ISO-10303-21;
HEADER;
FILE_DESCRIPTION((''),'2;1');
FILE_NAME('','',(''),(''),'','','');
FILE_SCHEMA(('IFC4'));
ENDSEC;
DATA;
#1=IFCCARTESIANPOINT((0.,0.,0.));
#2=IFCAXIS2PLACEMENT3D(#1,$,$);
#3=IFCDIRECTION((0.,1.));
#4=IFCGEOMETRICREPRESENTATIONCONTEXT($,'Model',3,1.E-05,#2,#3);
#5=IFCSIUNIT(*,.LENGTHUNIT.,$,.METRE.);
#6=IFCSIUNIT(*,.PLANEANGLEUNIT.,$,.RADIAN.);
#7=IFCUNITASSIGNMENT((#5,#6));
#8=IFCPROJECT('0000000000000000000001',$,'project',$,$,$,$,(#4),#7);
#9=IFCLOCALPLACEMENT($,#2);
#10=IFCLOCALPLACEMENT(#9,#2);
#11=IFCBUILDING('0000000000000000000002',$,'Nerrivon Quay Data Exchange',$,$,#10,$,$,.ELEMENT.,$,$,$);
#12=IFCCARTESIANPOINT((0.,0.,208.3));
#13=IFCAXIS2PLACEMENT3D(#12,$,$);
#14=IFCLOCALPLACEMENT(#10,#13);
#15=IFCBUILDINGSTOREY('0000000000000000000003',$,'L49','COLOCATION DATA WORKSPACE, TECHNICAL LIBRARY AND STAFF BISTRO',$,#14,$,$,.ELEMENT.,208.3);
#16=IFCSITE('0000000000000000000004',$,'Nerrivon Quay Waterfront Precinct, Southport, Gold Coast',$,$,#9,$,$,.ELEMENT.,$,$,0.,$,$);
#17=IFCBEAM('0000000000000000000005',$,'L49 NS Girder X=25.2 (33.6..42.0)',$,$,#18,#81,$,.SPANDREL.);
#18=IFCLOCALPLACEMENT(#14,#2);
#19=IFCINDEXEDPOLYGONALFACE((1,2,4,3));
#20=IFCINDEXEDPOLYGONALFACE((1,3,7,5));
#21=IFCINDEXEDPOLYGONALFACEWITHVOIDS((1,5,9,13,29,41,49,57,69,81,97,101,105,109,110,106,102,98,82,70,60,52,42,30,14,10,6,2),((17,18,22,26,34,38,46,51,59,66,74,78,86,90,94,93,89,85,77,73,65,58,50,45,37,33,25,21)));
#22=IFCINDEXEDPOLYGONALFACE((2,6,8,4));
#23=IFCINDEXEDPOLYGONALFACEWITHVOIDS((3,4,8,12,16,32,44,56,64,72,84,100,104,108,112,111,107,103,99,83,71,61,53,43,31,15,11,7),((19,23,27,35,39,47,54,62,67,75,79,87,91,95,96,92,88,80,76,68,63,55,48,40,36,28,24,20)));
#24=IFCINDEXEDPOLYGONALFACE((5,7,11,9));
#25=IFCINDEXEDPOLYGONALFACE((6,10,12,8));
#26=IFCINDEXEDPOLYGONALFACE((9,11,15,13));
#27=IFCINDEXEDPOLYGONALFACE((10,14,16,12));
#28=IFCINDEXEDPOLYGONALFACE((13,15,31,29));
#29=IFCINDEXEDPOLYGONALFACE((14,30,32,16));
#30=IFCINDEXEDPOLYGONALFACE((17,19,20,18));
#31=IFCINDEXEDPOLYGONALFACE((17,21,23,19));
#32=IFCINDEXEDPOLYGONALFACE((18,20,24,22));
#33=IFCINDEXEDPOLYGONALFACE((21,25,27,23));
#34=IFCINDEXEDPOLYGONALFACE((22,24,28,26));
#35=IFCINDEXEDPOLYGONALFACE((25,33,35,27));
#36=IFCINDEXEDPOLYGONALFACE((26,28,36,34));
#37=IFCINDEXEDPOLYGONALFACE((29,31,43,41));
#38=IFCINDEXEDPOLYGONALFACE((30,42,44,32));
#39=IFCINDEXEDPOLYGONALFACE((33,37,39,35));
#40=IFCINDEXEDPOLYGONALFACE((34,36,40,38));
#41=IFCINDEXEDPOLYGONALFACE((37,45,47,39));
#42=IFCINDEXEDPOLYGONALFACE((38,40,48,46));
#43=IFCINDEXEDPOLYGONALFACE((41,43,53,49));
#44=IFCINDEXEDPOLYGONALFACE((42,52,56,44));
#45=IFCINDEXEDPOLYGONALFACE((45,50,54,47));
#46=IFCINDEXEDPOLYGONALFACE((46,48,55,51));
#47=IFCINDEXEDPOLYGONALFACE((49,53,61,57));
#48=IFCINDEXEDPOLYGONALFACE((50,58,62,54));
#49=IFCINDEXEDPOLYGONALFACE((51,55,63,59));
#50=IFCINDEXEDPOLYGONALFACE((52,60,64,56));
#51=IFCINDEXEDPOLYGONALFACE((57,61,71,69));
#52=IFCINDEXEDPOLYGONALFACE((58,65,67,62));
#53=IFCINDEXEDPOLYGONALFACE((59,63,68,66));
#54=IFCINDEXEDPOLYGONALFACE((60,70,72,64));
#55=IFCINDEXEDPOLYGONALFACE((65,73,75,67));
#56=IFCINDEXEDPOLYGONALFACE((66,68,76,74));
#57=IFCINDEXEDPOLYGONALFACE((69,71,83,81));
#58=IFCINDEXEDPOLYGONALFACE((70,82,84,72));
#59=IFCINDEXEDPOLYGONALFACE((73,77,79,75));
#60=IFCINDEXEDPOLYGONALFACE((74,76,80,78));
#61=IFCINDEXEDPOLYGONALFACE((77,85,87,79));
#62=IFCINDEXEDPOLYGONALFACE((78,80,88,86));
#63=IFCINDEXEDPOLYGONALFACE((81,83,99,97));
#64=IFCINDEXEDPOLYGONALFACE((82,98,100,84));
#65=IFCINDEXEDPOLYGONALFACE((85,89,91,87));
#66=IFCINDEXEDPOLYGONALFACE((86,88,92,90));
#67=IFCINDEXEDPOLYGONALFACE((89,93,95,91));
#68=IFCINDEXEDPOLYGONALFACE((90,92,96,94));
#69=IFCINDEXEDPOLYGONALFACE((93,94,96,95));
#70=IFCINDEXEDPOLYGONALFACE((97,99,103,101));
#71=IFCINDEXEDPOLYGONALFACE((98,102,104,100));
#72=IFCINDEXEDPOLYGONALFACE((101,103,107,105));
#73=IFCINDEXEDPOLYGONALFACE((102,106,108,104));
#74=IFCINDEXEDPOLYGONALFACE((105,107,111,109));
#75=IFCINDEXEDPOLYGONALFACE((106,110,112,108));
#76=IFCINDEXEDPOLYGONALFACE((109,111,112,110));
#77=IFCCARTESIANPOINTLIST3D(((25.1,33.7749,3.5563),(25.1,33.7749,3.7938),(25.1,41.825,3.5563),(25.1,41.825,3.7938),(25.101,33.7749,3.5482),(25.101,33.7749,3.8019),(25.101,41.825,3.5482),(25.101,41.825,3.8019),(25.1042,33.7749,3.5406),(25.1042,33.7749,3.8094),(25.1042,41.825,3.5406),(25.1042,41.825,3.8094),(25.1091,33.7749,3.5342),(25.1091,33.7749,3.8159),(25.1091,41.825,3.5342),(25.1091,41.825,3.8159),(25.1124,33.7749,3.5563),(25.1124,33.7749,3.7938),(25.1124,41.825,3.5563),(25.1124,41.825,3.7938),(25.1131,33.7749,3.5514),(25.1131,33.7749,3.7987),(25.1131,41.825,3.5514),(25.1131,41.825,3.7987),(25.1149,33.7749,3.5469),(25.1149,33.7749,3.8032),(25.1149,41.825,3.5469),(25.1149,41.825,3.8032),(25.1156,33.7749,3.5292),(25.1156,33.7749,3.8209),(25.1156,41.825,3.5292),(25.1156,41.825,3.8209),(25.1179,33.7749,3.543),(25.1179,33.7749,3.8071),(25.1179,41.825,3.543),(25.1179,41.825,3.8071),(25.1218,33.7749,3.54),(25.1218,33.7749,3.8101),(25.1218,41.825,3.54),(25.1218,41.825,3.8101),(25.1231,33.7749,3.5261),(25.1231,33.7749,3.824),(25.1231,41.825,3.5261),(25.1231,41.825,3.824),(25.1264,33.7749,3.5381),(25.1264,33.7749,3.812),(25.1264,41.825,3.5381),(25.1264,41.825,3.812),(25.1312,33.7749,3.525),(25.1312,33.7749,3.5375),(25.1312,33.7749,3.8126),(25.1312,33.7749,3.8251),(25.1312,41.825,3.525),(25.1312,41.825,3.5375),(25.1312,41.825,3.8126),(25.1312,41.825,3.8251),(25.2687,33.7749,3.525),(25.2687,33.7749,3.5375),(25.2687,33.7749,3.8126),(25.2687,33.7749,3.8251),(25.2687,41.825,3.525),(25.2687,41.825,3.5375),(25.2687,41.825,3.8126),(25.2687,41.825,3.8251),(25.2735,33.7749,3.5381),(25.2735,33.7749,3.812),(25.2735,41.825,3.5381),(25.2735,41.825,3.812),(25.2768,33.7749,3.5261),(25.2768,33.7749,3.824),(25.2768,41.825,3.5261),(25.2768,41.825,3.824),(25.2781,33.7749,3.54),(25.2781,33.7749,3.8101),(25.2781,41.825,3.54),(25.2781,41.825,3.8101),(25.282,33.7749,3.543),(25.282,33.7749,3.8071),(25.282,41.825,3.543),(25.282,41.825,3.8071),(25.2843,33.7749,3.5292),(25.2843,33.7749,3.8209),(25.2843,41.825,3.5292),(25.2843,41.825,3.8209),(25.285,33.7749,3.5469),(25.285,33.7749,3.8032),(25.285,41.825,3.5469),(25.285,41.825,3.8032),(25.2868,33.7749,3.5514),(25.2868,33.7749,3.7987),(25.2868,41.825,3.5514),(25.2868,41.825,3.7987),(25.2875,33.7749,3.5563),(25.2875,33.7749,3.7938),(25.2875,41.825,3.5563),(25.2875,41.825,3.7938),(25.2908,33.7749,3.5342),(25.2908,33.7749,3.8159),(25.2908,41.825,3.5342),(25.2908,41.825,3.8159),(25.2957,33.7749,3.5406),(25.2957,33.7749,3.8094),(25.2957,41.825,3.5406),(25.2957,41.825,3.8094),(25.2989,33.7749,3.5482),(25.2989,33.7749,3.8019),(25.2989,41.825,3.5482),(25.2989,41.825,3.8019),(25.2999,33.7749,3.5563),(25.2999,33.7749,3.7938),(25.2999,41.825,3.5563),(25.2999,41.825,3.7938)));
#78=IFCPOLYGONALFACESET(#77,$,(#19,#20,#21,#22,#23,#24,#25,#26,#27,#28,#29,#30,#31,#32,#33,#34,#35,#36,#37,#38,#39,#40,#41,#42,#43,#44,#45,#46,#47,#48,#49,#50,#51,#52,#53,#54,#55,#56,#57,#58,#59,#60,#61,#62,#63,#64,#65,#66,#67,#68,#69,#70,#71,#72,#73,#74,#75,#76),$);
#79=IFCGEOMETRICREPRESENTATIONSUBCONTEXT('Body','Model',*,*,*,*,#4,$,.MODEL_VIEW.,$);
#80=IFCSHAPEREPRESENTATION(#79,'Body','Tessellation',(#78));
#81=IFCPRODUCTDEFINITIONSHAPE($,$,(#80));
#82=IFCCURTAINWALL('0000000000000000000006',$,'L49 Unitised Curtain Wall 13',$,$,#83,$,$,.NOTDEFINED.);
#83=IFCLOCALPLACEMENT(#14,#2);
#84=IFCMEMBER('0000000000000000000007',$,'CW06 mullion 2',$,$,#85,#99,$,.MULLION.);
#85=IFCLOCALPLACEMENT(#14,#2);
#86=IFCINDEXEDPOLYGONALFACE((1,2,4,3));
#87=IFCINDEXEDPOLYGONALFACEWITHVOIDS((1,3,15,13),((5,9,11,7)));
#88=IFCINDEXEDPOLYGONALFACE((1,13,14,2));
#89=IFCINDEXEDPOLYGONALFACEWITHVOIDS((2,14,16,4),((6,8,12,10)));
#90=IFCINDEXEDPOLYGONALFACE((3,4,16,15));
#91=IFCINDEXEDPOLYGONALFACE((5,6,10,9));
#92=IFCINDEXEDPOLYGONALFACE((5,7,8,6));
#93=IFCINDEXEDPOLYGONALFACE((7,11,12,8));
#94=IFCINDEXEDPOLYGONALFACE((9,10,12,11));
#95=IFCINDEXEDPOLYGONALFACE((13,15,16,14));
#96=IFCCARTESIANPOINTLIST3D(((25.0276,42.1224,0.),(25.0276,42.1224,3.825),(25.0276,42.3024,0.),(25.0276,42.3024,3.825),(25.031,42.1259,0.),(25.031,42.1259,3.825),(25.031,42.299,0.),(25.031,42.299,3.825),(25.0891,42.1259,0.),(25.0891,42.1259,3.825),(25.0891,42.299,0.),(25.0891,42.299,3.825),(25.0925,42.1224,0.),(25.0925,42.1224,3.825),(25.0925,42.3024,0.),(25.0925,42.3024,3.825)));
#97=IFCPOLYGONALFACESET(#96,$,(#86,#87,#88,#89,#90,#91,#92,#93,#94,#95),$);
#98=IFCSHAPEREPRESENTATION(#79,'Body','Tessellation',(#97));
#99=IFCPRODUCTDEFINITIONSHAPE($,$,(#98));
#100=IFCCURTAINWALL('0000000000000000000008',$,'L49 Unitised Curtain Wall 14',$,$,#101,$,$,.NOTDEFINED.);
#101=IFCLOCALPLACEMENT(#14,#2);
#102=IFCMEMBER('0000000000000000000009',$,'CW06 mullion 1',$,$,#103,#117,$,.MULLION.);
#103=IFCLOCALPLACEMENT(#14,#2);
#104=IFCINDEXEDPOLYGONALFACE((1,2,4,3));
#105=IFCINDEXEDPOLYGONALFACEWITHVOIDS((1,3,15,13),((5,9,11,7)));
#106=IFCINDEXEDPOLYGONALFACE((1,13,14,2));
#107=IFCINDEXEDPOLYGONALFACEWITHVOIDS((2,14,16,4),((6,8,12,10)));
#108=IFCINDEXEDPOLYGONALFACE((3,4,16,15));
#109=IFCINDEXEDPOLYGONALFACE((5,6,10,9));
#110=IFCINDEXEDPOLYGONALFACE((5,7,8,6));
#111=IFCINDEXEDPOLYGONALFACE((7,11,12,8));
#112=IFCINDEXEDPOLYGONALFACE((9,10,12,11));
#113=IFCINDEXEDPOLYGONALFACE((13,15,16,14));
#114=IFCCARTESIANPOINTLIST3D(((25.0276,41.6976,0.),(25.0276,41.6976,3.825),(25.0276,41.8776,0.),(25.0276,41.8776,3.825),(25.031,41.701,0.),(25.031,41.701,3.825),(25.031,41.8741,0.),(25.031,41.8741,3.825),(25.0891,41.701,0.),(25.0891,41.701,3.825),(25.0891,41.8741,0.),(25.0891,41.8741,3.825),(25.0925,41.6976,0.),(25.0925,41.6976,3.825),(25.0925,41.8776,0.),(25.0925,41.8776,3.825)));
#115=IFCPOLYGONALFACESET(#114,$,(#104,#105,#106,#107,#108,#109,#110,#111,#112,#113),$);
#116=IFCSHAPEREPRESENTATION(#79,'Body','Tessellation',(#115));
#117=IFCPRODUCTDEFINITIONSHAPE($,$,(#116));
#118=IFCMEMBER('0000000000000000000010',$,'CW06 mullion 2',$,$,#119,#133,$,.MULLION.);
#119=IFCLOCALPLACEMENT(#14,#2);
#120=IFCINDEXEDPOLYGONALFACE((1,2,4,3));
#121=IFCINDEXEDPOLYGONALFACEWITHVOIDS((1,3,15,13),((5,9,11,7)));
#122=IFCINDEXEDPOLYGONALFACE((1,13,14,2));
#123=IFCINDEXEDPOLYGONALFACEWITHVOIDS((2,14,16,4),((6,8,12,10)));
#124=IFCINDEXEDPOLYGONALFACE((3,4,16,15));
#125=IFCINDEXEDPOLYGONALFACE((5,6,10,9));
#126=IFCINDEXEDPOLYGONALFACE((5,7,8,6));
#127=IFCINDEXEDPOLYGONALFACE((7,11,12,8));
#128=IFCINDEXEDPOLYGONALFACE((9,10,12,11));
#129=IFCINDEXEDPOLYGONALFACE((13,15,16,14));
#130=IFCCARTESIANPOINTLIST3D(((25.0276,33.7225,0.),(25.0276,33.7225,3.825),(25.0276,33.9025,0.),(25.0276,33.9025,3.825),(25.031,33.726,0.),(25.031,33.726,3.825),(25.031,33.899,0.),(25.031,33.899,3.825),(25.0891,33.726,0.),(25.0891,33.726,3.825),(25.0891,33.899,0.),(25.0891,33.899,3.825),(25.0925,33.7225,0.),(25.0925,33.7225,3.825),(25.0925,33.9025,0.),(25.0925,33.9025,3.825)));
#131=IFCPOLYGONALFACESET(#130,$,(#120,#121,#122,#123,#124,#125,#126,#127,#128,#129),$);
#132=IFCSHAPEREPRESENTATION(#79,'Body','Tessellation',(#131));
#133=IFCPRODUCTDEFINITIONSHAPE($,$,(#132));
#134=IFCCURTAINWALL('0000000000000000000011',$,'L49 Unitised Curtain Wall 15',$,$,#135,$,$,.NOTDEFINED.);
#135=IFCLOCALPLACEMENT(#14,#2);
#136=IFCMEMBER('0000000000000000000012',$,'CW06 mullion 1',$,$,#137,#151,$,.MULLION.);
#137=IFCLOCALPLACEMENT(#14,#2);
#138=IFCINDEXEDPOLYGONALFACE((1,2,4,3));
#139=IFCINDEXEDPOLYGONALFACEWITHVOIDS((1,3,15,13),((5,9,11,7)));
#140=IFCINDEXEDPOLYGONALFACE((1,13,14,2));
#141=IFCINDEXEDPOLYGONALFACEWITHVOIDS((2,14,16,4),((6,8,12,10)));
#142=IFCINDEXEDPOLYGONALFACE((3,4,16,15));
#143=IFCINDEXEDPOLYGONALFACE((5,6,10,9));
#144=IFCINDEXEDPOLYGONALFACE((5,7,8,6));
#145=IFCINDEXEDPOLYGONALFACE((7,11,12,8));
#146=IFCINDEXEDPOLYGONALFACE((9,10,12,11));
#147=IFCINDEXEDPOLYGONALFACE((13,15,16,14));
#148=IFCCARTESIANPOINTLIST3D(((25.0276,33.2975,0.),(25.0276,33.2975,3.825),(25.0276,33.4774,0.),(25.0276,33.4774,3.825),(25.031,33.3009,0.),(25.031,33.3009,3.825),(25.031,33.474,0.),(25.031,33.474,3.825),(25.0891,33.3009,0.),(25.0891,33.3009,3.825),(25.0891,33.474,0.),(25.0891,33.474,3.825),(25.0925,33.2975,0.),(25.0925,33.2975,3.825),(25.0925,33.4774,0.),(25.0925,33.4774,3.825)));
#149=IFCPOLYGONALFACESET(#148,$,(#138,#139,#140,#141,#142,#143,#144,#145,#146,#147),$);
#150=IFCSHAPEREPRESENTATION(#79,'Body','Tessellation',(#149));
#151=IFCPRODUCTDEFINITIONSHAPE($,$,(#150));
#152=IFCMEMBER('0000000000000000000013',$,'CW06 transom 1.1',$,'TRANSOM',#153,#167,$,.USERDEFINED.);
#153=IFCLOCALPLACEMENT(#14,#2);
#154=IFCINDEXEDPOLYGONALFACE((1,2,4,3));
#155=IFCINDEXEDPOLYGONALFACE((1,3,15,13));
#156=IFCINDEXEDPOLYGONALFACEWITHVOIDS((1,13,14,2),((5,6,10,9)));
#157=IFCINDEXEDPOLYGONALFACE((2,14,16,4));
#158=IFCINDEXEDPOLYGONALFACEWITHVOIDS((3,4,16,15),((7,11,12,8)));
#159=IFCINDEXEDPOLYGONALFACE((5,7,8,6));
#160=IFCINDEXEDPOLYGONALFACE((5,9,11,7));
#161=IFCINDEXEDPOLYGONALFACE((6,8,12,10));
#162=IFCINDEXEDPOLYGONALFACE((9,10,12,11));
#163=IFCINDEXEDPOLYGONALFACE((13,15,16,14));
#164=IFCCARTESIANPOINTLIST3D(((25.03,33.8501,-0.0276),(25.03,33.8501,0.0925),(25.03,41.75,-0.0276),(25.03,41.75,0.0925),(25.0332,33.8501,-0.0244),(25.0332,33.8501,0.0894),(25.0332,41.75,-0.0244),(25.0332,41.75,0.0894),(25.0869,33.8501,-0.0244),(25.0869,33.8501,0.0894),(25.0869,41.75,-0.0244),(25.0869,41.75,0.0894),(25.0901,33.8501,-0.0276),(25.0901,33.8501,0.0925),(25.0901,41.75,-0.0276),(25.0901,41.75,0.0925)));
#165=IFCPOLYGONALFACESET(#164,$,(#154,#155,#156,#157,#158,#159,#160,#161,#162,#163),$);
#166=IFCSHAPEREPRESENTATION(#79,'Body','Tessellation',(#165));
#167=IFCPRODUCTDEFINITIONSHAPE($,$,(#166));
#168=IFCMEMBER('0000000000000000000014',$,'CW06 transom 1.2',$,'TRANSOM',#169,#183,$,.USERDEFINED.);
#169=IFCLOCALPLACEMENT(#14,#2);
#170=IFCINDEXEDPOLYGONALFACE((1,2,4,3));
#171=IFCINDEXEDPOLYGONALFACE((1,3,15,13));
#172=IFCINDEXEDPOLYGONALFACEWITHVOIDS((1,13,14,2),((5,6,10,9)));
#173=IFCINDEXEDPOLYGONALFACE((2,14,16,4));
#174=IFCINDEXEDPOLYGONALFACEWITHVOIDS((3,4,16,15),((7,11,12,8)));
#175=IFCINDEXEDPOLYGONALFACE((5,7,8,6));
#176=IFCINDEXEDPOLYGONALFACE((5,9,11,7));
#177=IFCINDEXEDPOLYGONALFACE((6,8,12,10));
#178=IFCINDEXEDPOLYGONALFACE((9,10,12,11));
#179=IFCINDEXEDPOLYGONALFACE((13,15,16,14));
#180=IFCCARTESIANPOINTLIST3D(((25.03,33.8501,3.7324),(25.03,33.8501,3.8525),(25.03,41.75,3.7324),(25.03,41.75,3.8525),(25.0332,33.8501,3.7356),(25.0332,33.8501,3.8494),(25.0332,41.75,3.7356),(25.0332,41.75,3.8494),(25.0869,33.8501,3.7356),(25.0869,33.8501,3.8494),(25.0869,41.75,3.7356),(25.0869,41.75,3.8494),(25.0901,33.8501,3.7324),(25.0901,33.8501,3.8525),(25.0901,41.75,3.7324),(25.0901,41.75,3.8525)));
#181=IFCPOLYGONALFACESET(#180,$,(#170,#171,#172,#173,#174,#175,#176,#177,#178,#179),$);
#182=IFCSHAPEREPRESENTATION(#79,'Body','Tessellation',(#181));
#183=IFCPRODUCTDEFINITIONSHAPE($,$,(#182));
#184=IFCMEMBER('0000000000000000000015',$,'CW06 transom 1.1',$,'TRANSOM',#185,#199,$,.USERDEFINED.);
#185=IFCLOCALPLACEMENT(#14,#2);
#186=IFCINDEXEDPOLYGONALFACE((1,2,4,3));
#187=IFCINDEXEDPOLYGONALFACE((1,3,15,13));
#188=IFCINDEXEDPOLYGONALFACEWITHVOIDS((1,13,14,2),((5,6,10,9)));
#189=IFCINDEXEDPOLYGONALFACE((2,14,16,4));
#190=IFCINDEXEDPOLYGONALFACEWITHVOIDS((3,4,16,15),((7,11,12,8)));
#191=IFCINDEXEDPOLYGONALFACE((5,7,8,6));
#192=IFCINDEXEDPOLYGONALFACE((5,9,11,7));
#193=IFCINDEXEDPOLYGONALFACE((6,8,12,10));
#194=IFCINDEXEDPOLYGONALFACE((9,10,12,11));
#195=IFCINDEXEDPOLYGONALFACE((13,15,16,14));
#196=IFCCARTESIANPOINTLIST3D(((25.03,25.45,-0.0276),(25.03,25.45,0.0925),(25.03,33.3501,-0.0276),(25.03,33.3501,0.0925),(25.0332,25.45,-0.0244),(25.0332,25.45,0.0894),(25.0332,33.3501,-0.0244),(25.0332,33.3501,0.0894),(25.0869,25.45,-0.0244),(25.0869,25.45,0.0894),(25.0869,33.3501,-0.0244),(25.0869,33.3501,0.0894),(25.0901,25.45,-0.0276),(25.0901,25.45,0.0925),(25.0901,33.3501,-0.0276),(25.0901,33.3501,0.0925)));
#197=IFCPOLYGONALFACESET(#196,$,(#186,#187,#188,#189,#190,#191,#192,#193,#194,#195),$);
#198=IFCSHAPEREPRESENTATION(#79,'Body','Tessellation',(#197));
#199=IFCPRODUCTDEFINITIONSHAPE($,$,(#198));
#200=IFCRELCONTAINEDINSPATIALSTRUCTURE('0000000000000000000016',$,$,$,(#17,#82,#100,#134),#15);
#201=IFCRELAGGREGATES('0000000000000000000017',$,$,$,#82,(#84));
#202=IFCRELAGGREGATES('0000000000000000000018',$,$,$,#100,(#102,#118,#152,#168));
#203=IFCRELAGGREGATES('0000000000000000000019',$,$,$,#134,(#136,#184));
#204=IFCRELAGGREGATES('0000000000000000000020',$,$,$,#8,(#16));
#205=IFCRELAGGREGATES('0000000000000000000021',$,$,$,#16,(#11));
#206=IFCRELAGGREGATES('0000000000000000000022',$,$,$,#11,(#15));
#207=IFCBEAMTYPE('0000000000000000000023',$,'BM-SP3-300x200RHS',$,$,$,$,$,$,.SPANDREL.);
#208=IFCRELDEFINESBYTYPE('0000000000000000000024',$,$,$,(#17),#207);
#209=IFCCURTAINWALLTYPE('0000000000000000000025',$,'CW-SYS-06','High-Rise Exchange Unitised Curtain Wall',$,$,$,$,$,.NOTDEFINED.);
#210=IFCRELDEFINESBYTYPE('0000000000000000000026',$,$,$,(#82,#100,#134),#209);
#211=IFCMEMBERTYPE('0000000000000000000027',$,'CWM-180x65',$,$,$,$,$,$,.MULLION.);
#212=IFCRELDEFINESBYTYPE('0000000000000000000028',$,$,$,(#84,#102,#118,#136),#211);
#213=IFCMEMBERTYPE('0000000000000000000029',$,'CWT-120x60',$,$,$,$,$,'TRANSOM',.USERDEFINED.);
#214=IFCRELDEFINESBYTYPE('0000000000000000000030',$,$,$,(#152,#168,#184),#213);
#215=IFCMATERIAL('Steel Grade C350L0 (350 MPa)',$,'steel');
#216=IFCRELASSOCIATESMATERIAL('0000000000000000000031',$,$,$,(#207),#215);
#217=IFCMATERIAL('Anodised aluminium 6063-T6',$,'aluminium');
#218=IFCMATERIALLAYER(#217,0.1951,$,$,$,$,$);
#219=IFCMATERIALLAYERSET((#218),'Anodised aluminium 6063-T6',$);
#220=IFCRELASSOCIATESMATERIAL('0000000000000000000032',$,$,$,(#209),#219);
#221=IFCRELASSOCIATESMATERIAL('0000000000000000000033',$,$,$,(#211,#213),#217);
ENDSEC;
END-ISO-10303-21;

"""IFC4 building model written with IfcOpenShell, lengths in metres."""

from ifc_helpers import new_model, si_unit, direction, frame, origin, origin_2d, place, context, subcontext, project, spatial, hollow_rectangle, extrude, material, layer, layer_set, material_profile, profile_set, type_object, element, aggregate, save


model = new_model("IFC4")

# Units and contexts
model_context = context("Model", 3, precision=1e-05, world=origin(), true_north=direction((0.0, 1.0)))
body_context = subcontext(model_context, "Body", "Model", "MODEL_VIEW")
ifc_project = project(units=[si_unit("LENGTHUNIT", "METRE"), si_unit("PLANEANGLEUNIT", "RADIAN")], contexts=[model_context])

# Site, building, storey
site_placement = place(None, origin())
site = spatial("IfcSite", under=ifc_project, at=site_placement, Name="Nerrivon Quay Waterfront Precinct, Southport, Gold Coast", CompositionType="ELEMENT", RefElevation=0.0)
building_placement = place(site_placement, origin())
building = spatial("IfcBuilding", under=site, at=building_placement, Name="Nerrivon Quay Data Exchange", CompositionType="ELEMENT")
storey_placement = place(building_placement, frame((0.0, 0.0, 208.3)))
storey = spatial("IfcBuildingStorey", under=building, at=storey_placement, Name="L49", Description="COLOCATION DATA WORKSPACE, TECHNICAL LIBRARY AND STAFF BISTRO", CompositionType="ELEMENT", Elevation=208.3)

# Beam
ifc_material_1 = material(Name="Steel Grade C350L0 (350 MPa)", Category="steel")
ifc_material_profile_1 = material_profile(ifc_material_1, hollow_rectangle(XDim=0.2, YDim=0.3, WallThickness=0.0125, InnerFilletRadius=0.0188, OuterFilletRadius=0.0312, at=origin_2d()), Name="300x200x12.5RHS")
ifc_profile_set_1 = profile_set([ifc_material_profile_1], Name="Steel Grade C350L0 (350 MPa)")
beam_type_1 = type_object("IfcBeamType", Name="BM-SP3-300x200RHS", PredefinedType="SPANDREL", material=ifc_profile_set_1)
beam_1_placement = place(storey_placement, frame((25.2, 33.7749, 3.675), z_axis=(0.0, 1.0, 0.0), x_axis=(-1.0, 0.0, 0.0)))
element("IfcBeam", 1, at=beam_1_placement, inside=storey, type_object=beam_type_1, Name="L49 NS Girder X=25.2 (33.6..42.0)", PredefinedType="SPANDREL", context=body_context, shape_type="SweptSolid", body=[
    extrude(hollow_rectangle(XDim=0.2, YDim=0.3, WallThickness=0.0125, InnerFilletRadius=0.0188, OuterFilletRadius=0.0312, at=origin_2d()), origin(), (0.0, 0.0, 1.0), 8.05),
])

# Curtain wall, member
ifc_material_2 = material(Name="Anodised aluminium 6063-T6", Category="aluminium")
ifc_layer_1 = layer(ifc_material_2, 0.1951)
ifc_layer_set_1 = layer_set([ifc_layer_1], Name="Anodised aluminium 6063-T6")
curtain_wall_type = type_object("IfcCurtainWallType", Name="CW-SYS-06", Description="High-Rise Exchange Unitised Curtain Wall", PredefinedType="NOTDEFINED", material=ifc_layer_set_1)
curtain_wall_1_placement = place(storey_placement, origin())
curtain_wall_1 = element("IfcCurtainWall", 2, at=curtain_wall_1_placement, inside=storey, type_object=curtain_wall_type, Name="L49 Unitised Curtain Wall 13", PredefinedType="NOTDEFINED")
ifc_material_profile_2 = material_profile(ifc_material_2, hollow_rectangle(XDim=0.0649, YDim=0.1799, WallThickness=0.0034, at=origin_2d()), Name="ALU-MULL-180x65")
ifc_profile_set_2 = profile_set([ifc_material_profile_2], Name="Anodised aluminium 6063-T6")
member_type_1 = type_object("IfcMemberType", Name="CWM-180x65", PredefinedType="MULLION", material=ifc_profile_set_2)
member_1_placement = place(storey_placement, frame((25.0601, 42.2124, 0.0), z_axis=(0.0, 0.0, 1.0), x_axis=(1.0, 0.0, 0.0)))
member_1 = element("IfcMember", 3, at=member_1_placement, type_object=member_type_1, Name="CW06 mullion 2", PredefinedType="MULLION", context=body_context, shape_type="SweptSolid", body=[
    extrude(hollow_rectangle(XDim=0.0649, YDim=0.1799, WallThickness=0.0034, at=origin_2d()), origin(), (0.0, 0.0, 1.0), 3.825),
])
aggregate(curtain_wall_1, [member_1])

# Curtain wall, members
curtain_wall_2_placement = place(storey_placement, origin())
curtain_wall_2 = element("IfcCurtainWall", 4, at=curtain_wall_2_placement, inside=storey, type_object=curtain_wall_type, Name="L49 Unitised Curtain Wall 14", PredefinedType="NOTDEFINED")
member_2_placement = place(storey_placement, frame((25.0601, 41.7876, 0.0), z_axis=(0.0, 0.0, 1.0), x_axis=(1.0, 0.0, 0.0)))
member_2 = element("IfcMember", 5, at=member_2_placement, type_object=member_type_1, Name="CW06 mullion 1", PredefinedType="MULLION", context=body_context, shape_type="SweptSolid", body=[
    extrude(hollow_rectangle(XDim=0.0649, YDim=0.1799, WallThickness=0.0034, at=origin_2d()), origin(), (0.0, 0.0, 1.0), 3.825),
])
member_3_placement = place(storey_placement, frame((25.0601, 33.8125, 0.0), z_axis=(0.0, 0.0, 1.0), x_axis=(1.0, 0.0, 0.0)))
member_3 = element("IfcMember", 6, at=member_3_placement, type_object=member_type_1, Name="CW06 mullion 2", PredefinedType="MULLION", context=body_context, shape_type="SweptSolid", body=[
    extrude(hollow_rectangle(XDim=0.0649, YDim=0.1799, WallThickness=0.0034, at=origin_2d()), origin(), (0.0, 0.0, 1.0), 3.825),
])

# Curtain wall, member
curtain_wall_3_placement = place(storey_placement, origin())
curtain_wall_3 = element("IfcCurtainWall", 7, at=curtain_wall_3_placement, inside=storey, type_object=curtain_wall_type, Name="L49 Unitised Curtain Wall 15", PredefinedType="NOTDEFINED")
member_4_placement = place(storey_placement, frame((25.0601, 33.3875, 0.0), z_axis=(0.0, 0.0, 1.0), x_axis=(1.0, 0.0, 0.0)))
member_4 = element("IfcMember", 8, at=member_4_placement, type_object=member_type_1, Name="CW06 mullion 1", PredefinedType="MULLION", context=body_context, shape_type="SweptSolid", body=[
    extrude(hollow_rectangle(XDim=0.0649, YDim=0.1799, WallThickness=0.0034, at=origin_2d()), origin(), (0.0, 0.0, 1.0), 3.825),
])

# Members
ifc_material_profile_3 = material_profile(ifc_material_2, hollow_rectangle(XDim=0.0601, YDim=0.1201, WallThickness=0.0032, at=origin_2d()), Name="ALU-TRAN-120x60")
ifc_profile_set_3 = profile_set([ifc_material_profile_3], Name="Anodised aluminium 6063-T6")
member_type_2 = type_object("IfcMemberType", Name="CWT-120x60", ElementType="TRANSOM", PredefinedType="USERDEFINED", material=ifc_profile_set_3)
member_5_placement = place(storey_placement, frame((25.0601, 41.75, 0.0325), z_axis=(0.0, -1.0, 0.0), x_axis=(1.0, 0.0, 0.0)))
member_5 = element("IfcMember", 9, at=member_5_placement, type_object=member_type_2, Name="CW06 transom 1.1", ObjectType="TRANSOM", PredefinedType="USERDEFINED", context=body_context, shape_type="SweptSolid", body=[
    extrude(hollow_rectangle(XDim=0.0601, YDim=0.1201, WallThickness=0.0032, at=origin_2d()), origin(), (0.0, 0.0, 1.0), 7.8999),
])
member_6_placement = place(storey_placement, frame((25.0601, 41.75, 3.7925), z_axis=(0.0, -1.0, 0.0), x_axis=(1.0, 0.0, 0.0)))
member_6 = element("IfcMember", 10, at=member_6_placement, type_object=member_type_2, Name="CW06 transom 1.2", ObjectType="TRANSOM", PredefinedType="USERDEFINED", context=body_context, shape_type="SweptSolid", body=[
    extrude(hollow_rectangle(XDim=0.0601, YDim=0.1201, WallThickness=0.0032, at=origin_2d()), origin(), (0.0, 0.0, 1.0), 7.8999),
])
member_7_placement = place(storey_placement, frame((25.0601, 33.3501, 0.0325), z_axis=(0.0, -1.0, 0.0), x_axis=(1.0, 0.0, 0.0)))
member_7 = element("IfcMember", 11, at=member_7_placement, type_object=member_type_2, Name="CW06 transom 1.1", ObjectType="TRANSOM", PredefinedType="USERDEFINED", context=body_context, shape_type="SweptSolid", body=[
    extrude(hollow_rectangle(XDim=0.0601, YDim=0.1201, WallThickness=0.0032, at=origin_2d()), origin(), (0.0, 0.0, 1.0), 7.9001),
])

aggregate(curtain_wall_2, [member_2, member_3, member_5, member_6])
aggregate(curtain_wall_3, [member_4, member_7])

save(model, "model.ifc")
